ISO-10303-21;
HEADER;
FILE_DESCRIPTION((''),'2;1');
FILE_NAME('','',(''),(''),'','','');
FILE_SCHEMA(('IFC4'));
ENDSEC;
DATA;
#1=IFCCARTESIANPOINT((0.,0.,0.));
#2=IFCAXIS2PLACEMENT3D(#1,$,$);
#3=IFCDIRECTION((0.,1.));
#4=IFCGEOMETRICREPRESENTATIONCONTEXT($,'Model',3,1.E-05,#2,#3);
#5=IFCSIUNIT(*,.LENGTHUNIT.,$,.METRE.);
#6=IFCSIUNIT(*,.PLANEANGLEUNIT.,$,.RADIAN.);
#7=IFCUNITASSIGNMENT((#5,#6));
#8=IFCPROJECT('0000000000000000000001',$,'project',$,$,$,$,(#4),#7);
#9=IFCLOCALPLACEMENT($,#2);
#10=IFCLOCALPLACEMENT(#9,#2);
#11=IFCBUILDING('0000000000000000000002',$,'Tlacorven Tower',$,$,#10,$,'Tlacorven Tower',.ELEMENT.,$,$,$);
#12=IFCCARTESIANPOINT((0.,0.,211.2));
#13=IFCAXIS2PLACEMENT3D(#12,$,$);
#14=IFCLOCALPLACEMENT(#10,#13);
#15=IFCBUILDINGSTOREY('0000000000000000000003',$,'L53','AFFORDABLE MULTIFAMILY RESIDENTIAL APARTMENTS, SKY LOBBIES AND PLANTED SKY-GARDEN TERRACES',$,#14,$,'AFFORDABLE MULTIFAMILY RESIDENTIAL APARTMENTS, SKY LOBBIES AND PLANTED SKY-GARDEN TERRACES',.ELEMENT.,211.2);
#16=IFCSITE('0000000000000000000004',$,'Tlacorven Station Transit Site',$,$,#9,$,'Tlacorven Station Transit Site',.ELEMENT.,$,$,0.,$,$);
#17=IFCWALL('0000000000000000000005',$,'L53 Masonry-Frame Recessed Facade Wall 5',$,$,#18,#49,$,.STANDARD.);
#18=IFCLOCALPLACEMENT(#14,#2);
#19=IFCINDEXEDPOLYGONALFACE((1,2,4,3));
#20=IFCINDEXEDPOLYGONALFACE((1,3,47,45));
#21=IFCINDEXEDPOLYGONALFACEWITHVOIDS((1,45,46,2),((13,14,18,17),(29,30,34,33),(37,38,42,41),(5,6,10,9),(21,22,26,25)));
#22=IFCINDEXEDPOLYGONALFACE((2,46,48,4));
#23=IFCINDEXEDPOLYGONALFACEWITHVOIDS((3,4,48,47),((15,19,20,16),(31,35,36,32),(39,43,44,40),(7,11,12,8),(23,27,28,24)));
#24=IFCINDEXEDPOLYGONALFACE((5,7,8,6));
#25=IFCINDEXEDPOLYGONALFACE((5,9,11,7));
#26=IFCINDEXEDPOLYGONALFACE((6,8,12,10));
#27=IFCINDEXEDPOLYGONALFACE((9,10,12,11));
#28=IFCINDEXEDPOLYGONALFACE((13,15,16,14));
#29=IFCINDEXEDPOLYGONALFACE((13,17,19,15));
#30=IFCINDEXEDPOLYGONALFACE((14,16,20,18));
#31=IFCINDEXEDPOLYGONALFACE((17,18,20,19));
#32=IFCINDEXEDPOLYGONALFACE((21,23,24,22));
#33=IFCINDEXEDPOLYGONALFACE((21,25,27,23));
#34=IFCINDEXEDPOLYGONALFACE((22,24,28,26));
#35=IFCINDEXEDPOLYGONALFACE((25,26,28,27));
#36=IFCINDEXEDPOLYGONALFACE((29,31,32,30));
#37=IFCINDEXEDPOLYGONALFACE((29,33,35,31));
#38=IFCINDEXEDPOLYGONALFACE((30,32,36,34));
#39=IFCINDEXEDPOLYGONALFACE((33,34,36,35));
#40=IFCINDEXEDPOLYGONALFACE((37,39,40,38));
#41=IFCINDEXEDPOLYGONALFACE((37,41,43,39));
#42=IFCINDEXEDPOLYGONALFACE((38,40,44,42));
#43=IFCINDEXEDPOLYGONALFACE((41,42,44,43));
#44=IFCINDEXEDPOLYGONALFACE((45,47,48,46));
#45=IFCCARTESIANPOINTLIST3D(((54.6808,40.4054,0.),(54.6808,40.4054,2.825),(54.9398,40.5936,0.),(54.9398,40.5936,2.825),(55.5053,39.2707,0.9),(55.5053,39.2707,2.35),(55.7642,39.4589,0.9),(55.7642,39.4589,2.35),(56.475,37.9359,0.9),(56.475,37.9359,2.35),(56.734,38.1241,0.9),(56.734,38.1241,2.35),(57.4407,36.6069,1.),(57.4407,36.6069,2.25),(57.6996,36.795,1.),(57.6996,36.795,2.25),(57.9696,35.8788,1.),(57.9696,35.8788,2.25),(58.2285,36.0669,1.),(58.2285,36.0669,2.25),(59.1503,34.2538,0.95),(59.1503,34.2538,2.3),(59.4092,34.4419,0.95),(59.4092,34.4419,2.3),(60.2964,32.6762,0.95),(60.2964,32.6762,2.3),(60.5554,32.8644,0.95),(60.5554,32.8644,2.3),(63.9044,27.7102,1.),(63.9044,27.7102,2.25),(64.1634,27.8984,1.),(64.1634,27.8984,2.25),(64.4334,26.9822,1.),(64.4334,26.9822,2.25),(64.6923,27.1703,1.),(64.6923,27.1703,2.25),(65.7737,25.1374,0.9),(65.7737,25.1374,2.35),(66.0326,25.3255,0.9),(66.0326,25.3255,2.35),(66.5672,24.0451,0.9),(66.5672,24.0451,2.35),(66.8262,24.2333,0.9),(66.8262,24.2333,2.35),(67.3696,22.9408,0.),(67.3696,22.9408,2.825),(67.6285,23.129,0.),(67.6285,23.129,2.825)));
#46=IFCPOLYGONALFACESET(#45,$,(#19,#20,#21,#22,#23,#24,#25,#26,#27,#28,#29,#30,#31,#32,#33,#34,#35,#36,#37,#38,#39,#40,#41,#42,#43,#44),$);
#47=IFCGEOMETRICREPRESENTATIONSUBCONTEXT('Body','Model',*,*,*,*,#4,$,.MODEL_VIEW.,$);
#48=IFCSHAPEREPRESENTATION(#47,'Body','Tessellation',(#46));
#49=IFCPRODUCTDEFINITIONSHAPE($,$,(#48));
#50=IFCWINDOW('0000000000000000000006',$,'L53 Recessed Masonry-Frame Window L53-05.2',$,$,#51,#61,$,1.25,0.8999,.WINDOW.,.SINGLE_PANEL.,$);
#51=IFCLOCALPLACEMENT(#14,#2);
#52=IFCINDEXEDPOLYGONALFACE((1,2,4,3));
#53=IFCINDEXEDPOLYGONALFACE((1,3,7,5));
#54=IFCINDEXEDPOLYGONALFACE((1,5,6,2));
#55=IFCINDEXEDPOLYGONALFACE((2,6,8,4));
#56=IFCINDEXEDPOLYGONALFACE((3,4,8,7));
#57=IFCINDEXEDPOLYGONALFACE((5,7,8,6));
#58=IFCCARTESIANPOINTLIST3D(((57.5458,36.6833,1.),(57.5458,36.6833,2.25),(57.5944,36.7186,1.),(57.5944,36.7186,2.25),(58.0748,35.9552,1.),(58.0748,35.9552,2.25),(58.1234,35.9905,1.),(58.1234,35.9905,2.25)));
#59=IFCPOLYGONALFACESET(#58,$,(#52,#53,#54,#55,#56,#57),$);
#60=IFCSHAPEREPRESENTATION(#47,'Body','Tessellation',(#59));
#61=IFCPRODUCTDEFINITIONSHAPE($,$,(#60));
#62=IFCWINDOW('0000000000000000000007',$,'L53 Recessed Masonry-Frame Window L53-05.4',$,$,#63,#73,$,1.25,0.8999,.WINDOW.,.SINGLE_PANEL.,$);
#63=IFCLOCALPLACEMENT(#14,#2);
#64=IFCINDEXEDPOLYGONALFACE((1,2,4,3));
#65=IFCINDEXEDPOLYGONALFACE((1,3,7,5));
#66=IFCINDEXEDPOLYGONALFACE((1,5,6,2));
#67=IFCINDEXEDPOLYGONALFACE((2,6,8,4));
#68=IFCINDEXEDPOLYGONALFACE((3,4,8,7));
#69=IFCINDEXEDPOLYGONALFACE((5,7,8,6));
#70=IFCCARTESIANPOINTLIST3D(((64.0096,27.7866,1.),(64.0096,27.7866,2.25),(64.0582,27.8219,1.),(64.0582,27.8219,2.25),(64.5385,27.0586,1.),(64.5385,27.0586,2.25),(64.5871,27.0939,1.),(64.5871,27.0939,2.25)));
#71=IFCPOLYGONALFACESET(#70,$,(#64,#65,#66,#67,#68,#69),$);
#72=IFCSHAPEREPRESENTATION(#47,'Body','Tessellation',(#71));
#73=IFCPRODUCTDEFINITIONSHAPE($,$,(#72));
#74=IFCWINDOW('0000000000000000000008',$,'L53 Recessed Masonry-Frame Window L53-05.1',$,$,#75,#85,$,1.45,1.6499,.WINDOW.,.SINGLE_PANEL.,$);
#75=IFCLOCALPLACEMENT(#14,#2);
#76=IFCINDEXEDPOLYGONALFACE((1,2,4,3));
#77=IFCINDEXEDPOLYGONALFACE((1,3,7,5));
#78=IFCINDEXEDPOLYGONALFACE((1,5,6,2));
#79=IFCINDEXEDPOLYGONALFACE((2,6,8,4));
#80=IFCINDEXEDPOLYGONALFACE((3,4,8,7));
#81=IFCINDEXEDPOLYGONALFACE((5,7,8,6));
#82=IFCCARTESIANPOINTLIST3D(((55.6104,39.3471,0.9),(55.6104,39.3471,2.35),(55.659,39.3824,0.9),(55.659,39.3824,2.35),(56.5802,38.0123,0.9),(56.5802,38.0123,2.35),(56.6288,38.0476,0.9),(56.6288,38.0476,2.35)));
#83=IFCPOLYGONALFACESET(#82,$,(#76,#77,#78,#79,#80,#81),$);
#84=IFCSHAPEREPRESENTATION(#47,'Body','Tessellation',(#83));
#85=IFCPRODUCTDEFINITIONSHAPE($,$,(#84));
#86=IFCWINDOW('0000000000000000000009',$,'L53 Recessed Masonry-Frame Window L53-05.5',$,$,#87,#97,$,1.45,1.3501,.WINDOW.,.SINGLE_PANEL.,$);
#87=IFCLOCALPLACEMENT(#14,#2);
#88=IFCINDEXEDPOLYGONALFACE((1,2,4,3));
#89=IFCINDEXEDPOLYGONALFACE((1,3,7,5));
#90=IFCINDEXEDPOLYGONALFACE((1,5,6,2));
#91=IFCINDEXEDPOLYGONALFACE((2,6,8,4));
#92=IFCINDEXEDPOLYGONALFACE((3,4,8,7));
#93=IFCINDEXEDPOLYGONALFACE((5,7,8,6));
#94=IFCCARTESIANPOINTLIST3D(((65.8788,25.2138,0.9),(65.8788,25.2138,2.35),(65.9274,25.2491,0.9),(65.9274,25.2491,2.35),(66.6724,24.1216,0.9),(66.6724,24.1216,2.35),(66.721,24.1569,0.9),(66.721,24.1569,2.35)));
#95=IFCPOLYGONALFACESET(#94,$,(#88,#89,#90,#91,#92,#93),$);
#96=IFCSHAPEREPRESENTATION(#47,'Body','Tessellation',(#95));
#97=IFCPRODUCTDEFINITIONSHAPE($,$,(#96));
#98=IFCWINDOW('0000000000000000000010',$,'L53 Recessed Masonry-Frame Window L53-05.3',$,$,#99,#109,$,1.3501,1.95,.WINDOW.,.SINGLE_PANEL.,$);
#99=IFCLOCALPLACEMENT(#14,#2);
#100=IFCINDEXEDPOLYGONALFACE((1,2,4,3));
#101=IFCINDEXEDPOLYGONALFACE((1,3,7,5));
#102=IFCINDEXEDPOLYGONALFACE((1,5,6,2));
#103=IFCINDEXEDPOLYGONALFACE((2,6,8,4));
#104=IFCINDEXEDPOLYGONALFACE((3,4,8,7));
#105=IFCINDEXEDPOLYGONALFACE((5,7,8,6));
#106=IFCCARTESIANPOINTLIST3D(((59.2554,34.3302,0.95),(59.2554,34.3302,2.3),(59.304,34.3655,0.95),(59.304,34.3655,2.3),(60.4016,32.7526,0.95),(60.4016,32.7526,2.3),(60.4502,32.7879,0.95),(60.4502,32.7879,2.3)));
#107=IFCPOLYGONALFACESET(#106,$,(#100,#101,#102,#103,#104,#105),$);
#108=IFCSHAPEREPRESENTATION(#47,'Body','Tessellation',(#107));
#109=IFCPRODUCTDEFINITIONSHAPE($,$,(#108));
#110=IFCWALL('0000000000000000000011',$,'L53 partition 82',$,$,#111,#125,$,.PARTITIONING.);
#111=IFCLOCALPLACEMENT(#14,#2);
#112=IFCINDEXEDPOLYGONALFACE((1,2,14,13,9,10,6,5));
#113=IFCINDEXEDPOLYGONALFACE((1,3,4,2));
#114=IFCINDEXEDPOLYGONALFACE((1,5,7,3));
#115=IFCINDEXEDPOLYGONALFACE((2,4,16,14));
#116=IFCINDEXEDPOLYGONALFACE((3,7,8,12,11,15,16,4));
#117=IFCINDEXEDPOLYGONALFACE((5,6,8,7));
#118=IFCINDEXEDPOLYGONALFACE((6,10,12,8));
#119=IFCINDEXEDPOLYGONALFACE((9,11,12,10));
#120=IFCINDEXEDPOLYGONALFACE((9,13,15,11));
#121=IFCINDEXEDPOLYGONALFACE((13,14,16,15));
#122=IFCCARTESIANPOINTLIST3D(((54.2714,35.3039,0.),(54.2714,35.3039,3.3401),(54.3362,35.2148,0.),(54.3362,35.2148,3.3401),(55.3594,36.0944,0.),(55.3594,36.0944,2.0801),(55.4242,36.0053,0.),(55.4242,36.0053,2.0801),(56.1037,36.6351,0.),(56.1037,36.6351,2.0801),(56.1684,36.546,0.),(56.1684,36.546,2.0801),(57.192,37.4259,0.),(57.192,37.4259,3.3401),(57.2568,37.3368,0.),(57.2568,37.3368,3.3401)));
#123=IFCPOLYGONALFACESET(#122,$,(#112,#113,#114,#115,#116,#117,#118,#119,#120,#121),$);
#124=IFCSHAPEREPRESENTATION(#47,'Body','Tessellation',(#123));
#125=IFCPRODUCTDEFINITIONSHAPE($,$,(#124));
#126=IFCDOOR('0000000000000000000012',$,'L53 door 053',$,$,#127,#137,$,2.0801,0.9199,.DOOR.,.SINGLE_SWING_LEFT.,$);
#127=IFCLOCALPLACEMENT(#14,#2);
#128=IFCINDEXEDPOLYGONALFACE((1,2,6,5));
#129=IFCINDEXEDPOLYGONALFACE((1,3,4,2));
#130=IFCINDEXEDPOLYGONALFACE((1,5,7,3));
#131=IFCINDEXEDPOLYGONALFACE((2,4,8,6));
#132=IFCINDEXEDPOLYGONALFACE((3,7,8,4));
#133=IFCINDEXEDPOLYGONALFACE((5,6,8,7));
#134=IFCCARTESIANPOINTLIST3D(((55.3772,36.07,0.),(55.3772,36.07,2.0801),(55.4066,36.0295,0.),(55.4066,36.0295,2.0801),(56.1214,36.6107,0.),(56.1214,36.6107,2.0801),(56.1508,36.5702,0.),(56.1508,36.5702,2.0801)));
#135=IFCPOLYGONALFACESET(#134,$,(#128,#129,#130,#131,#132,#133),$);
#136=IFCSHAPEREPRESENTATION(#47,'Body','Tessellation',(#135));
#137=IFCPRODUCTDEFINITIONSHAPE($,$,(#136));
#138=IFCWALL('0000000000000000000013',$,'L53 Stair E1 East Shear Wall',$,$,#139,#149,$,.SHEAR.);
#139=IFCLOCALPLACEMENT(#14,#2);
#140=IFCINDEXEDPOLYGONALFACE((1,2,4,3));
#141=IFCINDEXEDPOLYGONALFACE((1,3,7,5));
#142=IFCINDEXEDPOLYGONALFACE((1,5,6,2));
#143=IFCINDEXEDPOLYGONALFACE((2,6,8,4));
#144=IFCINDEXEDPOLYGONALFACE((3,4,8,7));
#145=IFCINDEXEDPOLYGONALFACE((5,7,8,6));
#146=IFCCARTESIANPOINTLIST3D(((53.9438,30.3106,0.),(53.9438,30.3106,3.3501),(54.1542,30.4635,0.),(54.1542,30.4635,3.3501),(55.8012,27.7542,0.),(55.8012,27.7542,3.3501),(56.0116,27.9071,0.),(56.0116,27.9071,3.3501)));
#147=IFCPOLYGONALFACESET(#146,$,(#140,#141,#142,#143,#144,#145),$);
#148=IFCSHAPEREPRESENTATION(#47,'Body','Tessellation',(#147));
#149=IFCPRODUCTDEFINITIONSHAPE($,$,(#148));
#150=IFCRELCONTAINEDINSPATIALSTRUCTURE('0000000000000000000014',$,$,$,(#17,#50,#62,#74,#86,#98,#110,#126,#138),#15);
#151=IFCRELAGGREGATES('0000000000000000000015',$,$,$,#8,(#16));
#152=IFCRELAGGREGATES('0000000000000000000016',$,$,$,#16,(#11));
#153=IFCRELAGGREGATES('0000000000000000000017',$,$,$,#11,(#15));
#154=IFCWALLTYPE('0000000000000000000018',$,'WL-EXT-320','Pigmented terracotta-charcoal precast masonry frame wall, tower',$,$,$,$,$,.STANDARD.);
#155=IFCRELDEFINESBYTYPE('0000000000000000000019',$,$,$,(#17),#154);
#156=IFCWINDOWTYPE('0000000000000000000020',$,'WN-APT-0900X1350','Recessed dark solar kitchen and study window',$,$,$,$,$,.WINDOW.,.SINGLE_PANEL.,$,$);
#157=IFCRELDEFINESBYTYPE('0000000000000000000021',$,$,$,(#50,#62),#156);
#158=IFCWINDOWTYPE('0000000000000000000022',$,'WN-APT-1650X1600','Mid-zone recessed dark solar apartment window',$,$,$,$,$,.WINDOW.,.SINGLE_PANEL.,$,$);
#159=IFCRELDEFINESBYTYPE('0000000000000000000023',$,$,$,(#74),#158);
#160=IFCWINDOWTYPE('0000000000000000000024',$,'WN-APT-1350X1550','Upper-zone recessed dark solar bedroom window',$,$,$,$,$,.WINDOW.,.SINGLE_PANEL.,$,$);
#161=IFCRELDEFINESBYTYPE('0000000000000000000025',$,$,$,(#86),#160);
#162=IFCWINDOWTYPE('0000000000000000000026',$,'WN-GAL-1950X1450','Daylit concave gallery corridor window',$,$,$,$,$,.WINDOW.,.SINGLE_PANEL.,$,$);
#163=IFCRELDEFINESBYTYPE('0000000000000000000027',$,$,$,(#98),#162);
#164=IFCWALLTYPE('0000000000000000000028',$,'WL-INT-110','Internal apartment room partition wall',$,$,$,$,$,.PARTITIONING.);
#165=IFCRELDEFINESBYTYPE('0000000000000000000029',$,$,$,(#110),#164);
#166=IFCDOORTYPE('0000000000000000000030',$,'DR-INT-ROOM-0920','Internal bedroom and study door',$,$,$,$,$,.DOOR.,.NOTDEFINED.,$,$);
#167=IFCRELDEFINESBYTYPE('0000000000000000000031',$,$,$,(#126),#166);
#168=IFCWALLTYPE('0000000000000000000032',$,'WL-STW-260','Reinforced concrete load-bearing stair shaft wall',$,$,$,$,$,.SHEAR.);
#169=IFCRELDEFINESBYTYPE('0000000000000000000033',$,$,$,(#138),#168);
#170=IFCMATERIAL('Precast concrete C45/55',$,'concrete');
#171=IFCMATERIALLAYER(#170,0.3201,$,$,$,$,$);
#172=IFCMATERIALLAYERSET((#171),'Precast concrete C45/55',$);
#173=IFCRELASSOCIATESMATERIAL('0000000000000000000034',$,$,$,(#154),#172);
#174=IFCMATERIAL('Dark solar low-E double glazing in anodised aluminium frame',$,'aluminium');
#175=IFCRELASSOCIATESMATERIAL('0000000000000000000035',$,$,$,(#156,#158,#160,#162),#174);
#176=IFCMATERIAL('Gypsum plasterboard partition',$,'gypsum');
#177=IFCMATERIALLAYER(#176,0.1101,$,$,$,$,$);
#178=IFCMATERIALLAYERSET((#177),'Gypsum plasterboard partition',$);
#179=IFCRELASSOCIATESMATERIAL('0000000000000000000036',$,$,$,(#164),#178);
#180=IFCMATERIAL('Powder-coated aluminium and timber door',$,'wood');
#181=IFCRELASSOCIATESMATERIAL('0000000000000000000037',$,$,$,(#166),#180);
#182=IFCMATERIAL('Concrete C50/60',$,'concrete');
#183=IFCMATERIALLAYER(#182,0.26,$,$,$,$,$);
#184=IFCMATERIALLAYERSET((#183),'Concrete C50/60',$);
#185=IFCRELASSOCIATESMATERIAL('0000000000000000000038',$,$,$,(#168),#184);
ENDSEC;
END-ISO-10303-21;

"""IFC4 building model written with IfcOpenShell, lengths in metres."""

from ifc_helpers import new_model, si_unit, direction, frame, frame_2d, origin, place, context, subcontext, project, spatial, rectangle, extrude, source, transform, mapped, material, layer, layer_set, type_object, element, fill, save


model = new_model("IFC4")

# Units and contexts
model_context = context("Model", 3, precision=1e-05, world=origin(), true_north=direction((0.0, 1.0)))
body_context = subcontext(model_context, "Body", "Model", "MODEL_VIEW")
ifc_project = project(units=[si_unit("LENGTHUNIT", "METRE"), si_unit("PLANEANGLEUNIT", "RADIAN")], contexts=[model_context])

# Site, building, storey
site_placement = place(None, origin())
site = spatial("IfcSite", under=ifc_project, at=site_placement, Name="Tlacorven Station Transit Site", LongName="Tlacorven Station Transit Site", CompositionType="ELEMENT", RefElevation=0.0)
building_placement = place(site_placement, origin())
building = spatial("IfcBuilding", under=site, at=building_placement, Name="Tlacorven Tower", LongName="Tlacorven Tower", CompositionType="ELEMENT")
storey_placement = place(building_placement, frame((0.0, 0.0, 211.2)))
storey = spatial("IfcBuildingStorey", under=building, at=storey_placement, Name="L53", Description="AFFORDABLE MULTIFAMILY RESIDENTIAL APARTMENTS, SKY LOBBIES AND PLANTED SKY-GARDEN TERRACES", LongName="AFFORDABLE MULTIFAMILY RESIDENTIAL APARTMENTS, SKY LOBBIES AND PLANTED SKY-GARDEN TERRACES", CompositionType="ELEMENT", Elevation=211.2)

# Wall, openings, windows
ifc_material_1 = material(Name="Precast concrete C45/55", Category="concrete")
ifc_layer_1 = layer(ifc_material_1, 0.3201)
ifc_layer_set_1 = layer_set([ifc_layer_1], Name="Precast concrete C45/55")
wall_type_1 = type_object("IfcWallType", Name="WL-EXT-320", Description="Pigmented terracotta-charcoal precast masonry frame wall, tower", PredefinedType="STANDARD", material=ifc_layer_set_1)
wall_1_placement = place(storey_placement, frame((54.8103, 40.4995, 0.0), z_axis=(0.0, 0.0, 1.0), x_axis=(0.587784, -0.809018, 0.0)))
wall_1 = element("IfcWall", 1, at=wall_1_placement, inside=storey, type_object=wall_type_1, Name="L53 Masonry-Frame Recessed Facade Wall 5", PredefinedType="STANDARD", context=body_context, shape_type="SweptSolid", body=[
    extrude(rectangle(XDim=21.5874, YDim=0.3201, at=frame_2d((10.7937, 0.0))), origin(), (0.0, 0.0, 1.0), 2.825),
])
opening_1_placement = place(wall_1_placement, frame((1.4026, 0.0, 0.8999)))
opening_1 = element("IfcOpeningElement", 2, at=opening_1_placement, cuts=wall_1, PredefinedType="OPENING", context=body_context, shape_type="SweptSolid", body=[
    extrude(rectangle(XDim=1.6499, YDim=1.45, at=frame_2d((0.825, 0.7251))), frame((0.0, 0.1699, 0.0), z_axis=(0.0, -1.0, 0.0), x_axis=(1.0, 0.0, 0.0)), (0.0, 0.0, 1.0), 0.3401),
])
opening_2_placement = place(wall_1_placement, frame((4.6953, 0.0, 1.0)))
opening_2 = element("IfcOpeningElement", 3, at=opening_2_placement, cuts=wall_1, PredefinedType="OPENING", context=body_context, shape_type="SweptSolid", body=[
    extrude(rectangle(XDim=0.8999, YDim=1.25, at=frame_2d((0.45, 0.625))), frame((0.0, 0.1699, 0.0), z_axis=(0.0, -1.0, 0.0), x_axis=(1.0, 0.0, 0.0)), (0.0, 0.0, 1.0), 0.3401),
])
opening_3_placement = place(wall_1_placement, frame((7.6038, 0.0, 0.95)))
opening_3 = element("IfcOpeningElement", 4, at=opening_3_placement, cuts=wall_1, PredefinedType="OPENING", context=body_context, shape_type="SweptSolid", body=[
    extrude(rectangle(XDim=1.95, YDim=1.3501, at=frame_2d((0.9751, 0.675))), frame((0.0, 0.1699, 0.0), z_axis=(0.0, -1.0, 0.0), x_axis=(1.0, 0.0, 0.0)), (0.0, 0.0, 1.0), 0.3401),
])
opening_4_placement = place(wall_1_placement, frame((15.6921, 0.0, 1.0)))
opening_4 = element("IfcOpeningElement", 5, at=opening_4_placement, cuts=wall_1, PredefinedType="OPENING", context=body_context, shape_type="SweptSolid", body=[
    extrude(rectangle(XDim=0.8999, YDim=1.25, at=frame_2d((0.45, 0.625))), frame((0.0, 0.1699, 0.0), z_axis=(0.0, -1.0, 0.0), x_axis=(1.0, 0.0, 0.0)), (0.0, 0.0, 1.0), 0.3401),
])
opening_5_placement = place(wall_1_placement, frame((18.8723, 0.0, 0.8999)))
opening_5 = element("IfcOpeningElement", 6, at=opening_5_placement, cuts=wall_1, PredefinedType="OPENING", context=body_context, shape_type="SweptSolid", body=[
    extrude(rectangle(XDim=1.3501, YDim=1.45, at=frame_2d((0.675, 0.7251))), frame((0.0, 0.1699, 0.0), z_axis=(0.0, -1.0, 0.0), x_axis=(1.0, 0.0, 0.0)), (0.0, 0.0, 1.0), 0.3401),
])
ifc_material_2 = material(Name="Dark solar low-E double glazing in anodised aluminium frame", Category="aluminium")
window_type_1 = type_object("IfcWindowType", Name="WN-APT-0900X1350", Description="Recessed dark solar kitchen and study window", PartitioningType="SINGLE_PANEL", PredefinedType="WINDOW", material=ifc_material_2)
shared_shape_1 = source(origin(), body_context, "Body", "SweptSolid", [
    extrude(rectangle(XDim=0.8999, YDim=1.25, at=frame_2d((0.45, 0.625))), frame((0.0, 0.03, 0.0), z_axis=(0.0, -1.0, 0.0), x_axis=(1.0, 0.0, 0.0)), (0.0, 0.0, 1.0), 0.0601),
])
window_1_placement = place(opening_2_placement, origin())
window_1 = element("IfcWindow", 7, at=window_1_placement, inside=storey, type_object=window_type_1, Name="L53 Recessed Masonry-Frame Window L53-05.2", OverallHeight=1.25, OverallWidth=0.8999, PartitioningType="SINGLE_PANEL", PredefinedType="WINDOW", context=body_context, shape_type="MappedRepresentation", body=[
    mapped(shared_shape_1, transform((0.0, 0.0, 0.0), scale=1.0)),
])
fill(opening_2, window_1)
window_2_placement = place(opening_4_placement, origin())
window_2 = element("IfcWindow", 8, at=window_2_placement, inside=storey, type_object=window_type_1, Name="L53 Recessed Masonry-Frame Window L53-05.4", OverallHeight=1.25, OverallWidth=0.8999, PartitioningType="SINGLE_PANEL", PredefinedType="WINDOW", context=body_context, shape_type="MappedRepresentation", body=[
    mapped(shared_shape_1, transform((0.0, 0.0, 0.0), scale=1.0)),
])
fill(opening_4, window_2)
window_type_2 = type_object("IfcWindowType", Name="WN-APT-1650X1600", Description="Mid-zone recessed dark solar apartment window", PartitioningType="SINGLE_PANEL", PredefinedType="WINDOW", material=ifc_material_2)
shared_shape_2 = source(origin(), body_context, "Body", "SweptSolid", [
    extrude(rectangle(XDim=1.6499, YDim=1.45, at=frame_2d((0.825, 0.7251))), frame((0.0, 0.03, 0.0), z_axis=(0.0, -1.0, 0.0), x_axis=(1.0, 0.0, 0.0)), (0.0, 0.0, 1.0), 0.0601),
])
window_3_placement = place(opening_1_placement, origin())
window_3 = element("IfcWindow", 9, at=window_3_placement, inside=storey, type_object=window_type_2, Name="L53 Recessed Masonry-Frame Window L53-05.1", OverallHeight=1.45, OverallWidth=1.6499, PartitioningType="SINGLE_PANEL", PredefinedType="WINDOW", context=body_context, shape_type="MappedRepresentation", body=[
    mapped(shared_shape_2, transform((0.0, 0.0, 0.0), scale=1.0)),
])
fill(opening_1, window_3)
window_type_3 = type_object("IfcWindowType", Name="WN-APT-1350X1550", Description="Upper-zone recessed dark solar bedroom window", PartitioningType="SINGLE_PANEL", PredefinedType="WINDOW", material=ifc_material_2)
shared_shape_3 = source(origin(), body_context, "Body", "SweptSolid", [
    extrude(rectangle(XDim=1.3501, YDim=1.45, at=frame_2d((0.675, 0.7251))), frame((0.0, 0.03, 0.0), z_axis=(0.0, -1.0, 0.0), x_axis=(1.0, 0.0, 0.0)), (0.0, 0.0, 1.0), 0.0601),
])
window_4_placement = place(opening_5_placement, origin())
window_4 = element("IfcWindow", 10, at=window_4_placement, inside=storey, type_object=window_type_3, Name="L53 Recessed Masonry-Frame Window L53-05.5", OverallHeight=1.45, OverallWidth=1.3501, PartitioningType="SINGLE_PANEL", PredefinedType="WINDOW", context=body_context, shape_type="MappedRepresentation", body=[
    mapped(shared_shape_3, transform((0.0, 0.0, 0.0), scale=1.0)),
])
fill(opening_5, window_4)
window_type_4 = type_object("IfcWindowType", Name="WN-GAL-1950X1450", Description="Daylit concave gallery corridor window", PartitioningType="SINGLE_PANEL", PredefinedType="WINDOW", material=ifc_material_2)
shared_shape_4 = source(origin(), body_context, "Body", "SweptSolid", [
    extrude(rectangle(XDim=1.95, YDim=1.3501, at=frame_2d((0.9751, 0.675))), frame((0.0, 0.03, 0.0), z_axis=(0.0, -1.0, 0.0), x_axis=(1.0, 0.0, 0.0)), (0.0, 0.0, 1.0), 0.0601),
])
window_5_placement = place(opening_3_placement, origin())
window_5 = element("IfcWindow", 11, at=window_5_placement, inside=storey, type_object=window_type_4, Name="L53 Recessed Masonry-Frame Window L53-05.3", OverallHeight=1.3501, OverallWidth=1.95, PartitioningType="SINGLE_PANEL", PredefinedType="WINDOW", context=body_context, shape_type="MappedRepresentation", body=[
    mapped(shared_shape_4, transform((0.0, 0.0, 0.0), scale=1.0)),
])
fill(opening_3, window_5)

# Wall, opening, door
ifc_material_3 = material(Name="Gypsum plasterboard partition", Category="gypsum")
ifc_layer_2 = layer(ifc_material_3, 0.1101)
ifc_layer_set_2 = layer_set([ifc_layer_2], Name="Gypsum plasterboard partition")
wall_type_2 = type_object("IfcWallType", Name="WL-INT-110", Description="Internal apartment room partition wall", PredefinedType="PARTITIONING", material=ifc_layer_set_2)
wall_2_placement = place(storey_placement, frame((54.3037, 35.2593, 0.0), z_axis=(0.0, 0.0, 1.0), x_axis=(0.809005, 0.587802, 0.0)))
wall_2 = element("IfcWall", 12, at=wall_2_placement, inside=storey, type_object=wall_type_2, Name="L53 partition 82", PredefinedType="PARTITIONING", context=body_context, shape_type="SweptSolid", body=[
    extrude(rectangle(XDim=3.6101, YDim=0.1101, at=frame_2d((1.8052, 0.0))), origin(), (0.0, 0.0, 1.0), 3.3401),
])
opening_6_placement = place(wall_2_placement, frame((1.345, 0.0, 0.0)))
opening_6 = element("IfcOpeningElement", 13, at=opening_6_placement, cuts=wall_2, PredefinedType="OPENING", context=body_context, shape_type="SweptSolid", body=[
    extrude(rectangle(XDim=0.9199, YDim=2.0801, at=frame_2d((0.46, 1.04))), frame((0.0, 0.0649, 0.0), z_axis=(0.0, -1.0, 0.0), x_axis=(1.0, 0.0, 0.0)), (0.0, 0.0, 1.0), 0.1301),
])
ifc_material_4 = material(Name="Powder-coated aluminium and timber door", Category="wood")
door_type_1 = type_object("IfcDoorType", Name="DR-INT-ROOM-0920", Description="Internal bedroom and study door", OperationType="NOTDEFINED", PredefinedType="DOOR", material=ifc_material_4)
shared_shape_5 = source(origin(), body_context, "Body", "SweptSolid", [
    extrude(rectangle(XDim=0.9199, YDim=2.0801, at=frame_2d((0.46, 1.04))), frame((0.0, 0.0249, 0.0), z_axis=(0.0, -1.0, 0.0), x_axis=(1.0, 0.0, 0.0)), (0.0, 0.0, 1.0), 0.05),
])
door_1_placement = place(opening_6_placement, origin())
door_1 = element("IfcDoor", 14, at=door_1_placement, inside=storey, type_object=door_type_1, Name="L53 door 053", OperationType="SINGLE_SWING_LEFT", OverallHeight=2.0801, OverallWidth=0.9199, PredefinedType="DOOR", context=body_context, shape_type="MappedRepresentation", body=[
    mapped(shared_shape_5, transform((0.0, 0.0, 0.0), scale=1.0)),
])
fill(opening_6, door_1)

# Wall
ifc_material_5 = material(Name="Concrete C50/60", Category="concrete")
ifc_layer_3 = layer(ifc_material_5, 0.26)
ifc_layer_set_3 = layer_set([ifc_layer_3], Name="Concrete C50/60")
wall_type_3 = type_object("IfcWallType", Name="WL-STW-260", Description="Reinforced concrete load-bearing stair shaft wall", PredefinedType="SHEAR", material=ifc_layer_set_3)
wall_3_placement = place(storey_placement, frame((55.9065, 27.8306, 0.0), z_axis=(0.0, 0.0, 1.0), x_axis=(-0.587804, 0.809003, 0.0)))
element("IfcWall", 15, at=wall_3_placement, inside=storey, type_object=wall_type_3, Name="L53 Stair E1 East Shear Wall", PredefinedType="SHEAR", context=body_context, shape_type="SweptSolid", body=[
    extrude(rectangle(XDim=3.1599, YDim=0.26, at=frame_2d((1.5801, 0.0))), origin(), (0.0, 0.0, 1.0), 3.3501),
])

save(model, "model.ifc")
